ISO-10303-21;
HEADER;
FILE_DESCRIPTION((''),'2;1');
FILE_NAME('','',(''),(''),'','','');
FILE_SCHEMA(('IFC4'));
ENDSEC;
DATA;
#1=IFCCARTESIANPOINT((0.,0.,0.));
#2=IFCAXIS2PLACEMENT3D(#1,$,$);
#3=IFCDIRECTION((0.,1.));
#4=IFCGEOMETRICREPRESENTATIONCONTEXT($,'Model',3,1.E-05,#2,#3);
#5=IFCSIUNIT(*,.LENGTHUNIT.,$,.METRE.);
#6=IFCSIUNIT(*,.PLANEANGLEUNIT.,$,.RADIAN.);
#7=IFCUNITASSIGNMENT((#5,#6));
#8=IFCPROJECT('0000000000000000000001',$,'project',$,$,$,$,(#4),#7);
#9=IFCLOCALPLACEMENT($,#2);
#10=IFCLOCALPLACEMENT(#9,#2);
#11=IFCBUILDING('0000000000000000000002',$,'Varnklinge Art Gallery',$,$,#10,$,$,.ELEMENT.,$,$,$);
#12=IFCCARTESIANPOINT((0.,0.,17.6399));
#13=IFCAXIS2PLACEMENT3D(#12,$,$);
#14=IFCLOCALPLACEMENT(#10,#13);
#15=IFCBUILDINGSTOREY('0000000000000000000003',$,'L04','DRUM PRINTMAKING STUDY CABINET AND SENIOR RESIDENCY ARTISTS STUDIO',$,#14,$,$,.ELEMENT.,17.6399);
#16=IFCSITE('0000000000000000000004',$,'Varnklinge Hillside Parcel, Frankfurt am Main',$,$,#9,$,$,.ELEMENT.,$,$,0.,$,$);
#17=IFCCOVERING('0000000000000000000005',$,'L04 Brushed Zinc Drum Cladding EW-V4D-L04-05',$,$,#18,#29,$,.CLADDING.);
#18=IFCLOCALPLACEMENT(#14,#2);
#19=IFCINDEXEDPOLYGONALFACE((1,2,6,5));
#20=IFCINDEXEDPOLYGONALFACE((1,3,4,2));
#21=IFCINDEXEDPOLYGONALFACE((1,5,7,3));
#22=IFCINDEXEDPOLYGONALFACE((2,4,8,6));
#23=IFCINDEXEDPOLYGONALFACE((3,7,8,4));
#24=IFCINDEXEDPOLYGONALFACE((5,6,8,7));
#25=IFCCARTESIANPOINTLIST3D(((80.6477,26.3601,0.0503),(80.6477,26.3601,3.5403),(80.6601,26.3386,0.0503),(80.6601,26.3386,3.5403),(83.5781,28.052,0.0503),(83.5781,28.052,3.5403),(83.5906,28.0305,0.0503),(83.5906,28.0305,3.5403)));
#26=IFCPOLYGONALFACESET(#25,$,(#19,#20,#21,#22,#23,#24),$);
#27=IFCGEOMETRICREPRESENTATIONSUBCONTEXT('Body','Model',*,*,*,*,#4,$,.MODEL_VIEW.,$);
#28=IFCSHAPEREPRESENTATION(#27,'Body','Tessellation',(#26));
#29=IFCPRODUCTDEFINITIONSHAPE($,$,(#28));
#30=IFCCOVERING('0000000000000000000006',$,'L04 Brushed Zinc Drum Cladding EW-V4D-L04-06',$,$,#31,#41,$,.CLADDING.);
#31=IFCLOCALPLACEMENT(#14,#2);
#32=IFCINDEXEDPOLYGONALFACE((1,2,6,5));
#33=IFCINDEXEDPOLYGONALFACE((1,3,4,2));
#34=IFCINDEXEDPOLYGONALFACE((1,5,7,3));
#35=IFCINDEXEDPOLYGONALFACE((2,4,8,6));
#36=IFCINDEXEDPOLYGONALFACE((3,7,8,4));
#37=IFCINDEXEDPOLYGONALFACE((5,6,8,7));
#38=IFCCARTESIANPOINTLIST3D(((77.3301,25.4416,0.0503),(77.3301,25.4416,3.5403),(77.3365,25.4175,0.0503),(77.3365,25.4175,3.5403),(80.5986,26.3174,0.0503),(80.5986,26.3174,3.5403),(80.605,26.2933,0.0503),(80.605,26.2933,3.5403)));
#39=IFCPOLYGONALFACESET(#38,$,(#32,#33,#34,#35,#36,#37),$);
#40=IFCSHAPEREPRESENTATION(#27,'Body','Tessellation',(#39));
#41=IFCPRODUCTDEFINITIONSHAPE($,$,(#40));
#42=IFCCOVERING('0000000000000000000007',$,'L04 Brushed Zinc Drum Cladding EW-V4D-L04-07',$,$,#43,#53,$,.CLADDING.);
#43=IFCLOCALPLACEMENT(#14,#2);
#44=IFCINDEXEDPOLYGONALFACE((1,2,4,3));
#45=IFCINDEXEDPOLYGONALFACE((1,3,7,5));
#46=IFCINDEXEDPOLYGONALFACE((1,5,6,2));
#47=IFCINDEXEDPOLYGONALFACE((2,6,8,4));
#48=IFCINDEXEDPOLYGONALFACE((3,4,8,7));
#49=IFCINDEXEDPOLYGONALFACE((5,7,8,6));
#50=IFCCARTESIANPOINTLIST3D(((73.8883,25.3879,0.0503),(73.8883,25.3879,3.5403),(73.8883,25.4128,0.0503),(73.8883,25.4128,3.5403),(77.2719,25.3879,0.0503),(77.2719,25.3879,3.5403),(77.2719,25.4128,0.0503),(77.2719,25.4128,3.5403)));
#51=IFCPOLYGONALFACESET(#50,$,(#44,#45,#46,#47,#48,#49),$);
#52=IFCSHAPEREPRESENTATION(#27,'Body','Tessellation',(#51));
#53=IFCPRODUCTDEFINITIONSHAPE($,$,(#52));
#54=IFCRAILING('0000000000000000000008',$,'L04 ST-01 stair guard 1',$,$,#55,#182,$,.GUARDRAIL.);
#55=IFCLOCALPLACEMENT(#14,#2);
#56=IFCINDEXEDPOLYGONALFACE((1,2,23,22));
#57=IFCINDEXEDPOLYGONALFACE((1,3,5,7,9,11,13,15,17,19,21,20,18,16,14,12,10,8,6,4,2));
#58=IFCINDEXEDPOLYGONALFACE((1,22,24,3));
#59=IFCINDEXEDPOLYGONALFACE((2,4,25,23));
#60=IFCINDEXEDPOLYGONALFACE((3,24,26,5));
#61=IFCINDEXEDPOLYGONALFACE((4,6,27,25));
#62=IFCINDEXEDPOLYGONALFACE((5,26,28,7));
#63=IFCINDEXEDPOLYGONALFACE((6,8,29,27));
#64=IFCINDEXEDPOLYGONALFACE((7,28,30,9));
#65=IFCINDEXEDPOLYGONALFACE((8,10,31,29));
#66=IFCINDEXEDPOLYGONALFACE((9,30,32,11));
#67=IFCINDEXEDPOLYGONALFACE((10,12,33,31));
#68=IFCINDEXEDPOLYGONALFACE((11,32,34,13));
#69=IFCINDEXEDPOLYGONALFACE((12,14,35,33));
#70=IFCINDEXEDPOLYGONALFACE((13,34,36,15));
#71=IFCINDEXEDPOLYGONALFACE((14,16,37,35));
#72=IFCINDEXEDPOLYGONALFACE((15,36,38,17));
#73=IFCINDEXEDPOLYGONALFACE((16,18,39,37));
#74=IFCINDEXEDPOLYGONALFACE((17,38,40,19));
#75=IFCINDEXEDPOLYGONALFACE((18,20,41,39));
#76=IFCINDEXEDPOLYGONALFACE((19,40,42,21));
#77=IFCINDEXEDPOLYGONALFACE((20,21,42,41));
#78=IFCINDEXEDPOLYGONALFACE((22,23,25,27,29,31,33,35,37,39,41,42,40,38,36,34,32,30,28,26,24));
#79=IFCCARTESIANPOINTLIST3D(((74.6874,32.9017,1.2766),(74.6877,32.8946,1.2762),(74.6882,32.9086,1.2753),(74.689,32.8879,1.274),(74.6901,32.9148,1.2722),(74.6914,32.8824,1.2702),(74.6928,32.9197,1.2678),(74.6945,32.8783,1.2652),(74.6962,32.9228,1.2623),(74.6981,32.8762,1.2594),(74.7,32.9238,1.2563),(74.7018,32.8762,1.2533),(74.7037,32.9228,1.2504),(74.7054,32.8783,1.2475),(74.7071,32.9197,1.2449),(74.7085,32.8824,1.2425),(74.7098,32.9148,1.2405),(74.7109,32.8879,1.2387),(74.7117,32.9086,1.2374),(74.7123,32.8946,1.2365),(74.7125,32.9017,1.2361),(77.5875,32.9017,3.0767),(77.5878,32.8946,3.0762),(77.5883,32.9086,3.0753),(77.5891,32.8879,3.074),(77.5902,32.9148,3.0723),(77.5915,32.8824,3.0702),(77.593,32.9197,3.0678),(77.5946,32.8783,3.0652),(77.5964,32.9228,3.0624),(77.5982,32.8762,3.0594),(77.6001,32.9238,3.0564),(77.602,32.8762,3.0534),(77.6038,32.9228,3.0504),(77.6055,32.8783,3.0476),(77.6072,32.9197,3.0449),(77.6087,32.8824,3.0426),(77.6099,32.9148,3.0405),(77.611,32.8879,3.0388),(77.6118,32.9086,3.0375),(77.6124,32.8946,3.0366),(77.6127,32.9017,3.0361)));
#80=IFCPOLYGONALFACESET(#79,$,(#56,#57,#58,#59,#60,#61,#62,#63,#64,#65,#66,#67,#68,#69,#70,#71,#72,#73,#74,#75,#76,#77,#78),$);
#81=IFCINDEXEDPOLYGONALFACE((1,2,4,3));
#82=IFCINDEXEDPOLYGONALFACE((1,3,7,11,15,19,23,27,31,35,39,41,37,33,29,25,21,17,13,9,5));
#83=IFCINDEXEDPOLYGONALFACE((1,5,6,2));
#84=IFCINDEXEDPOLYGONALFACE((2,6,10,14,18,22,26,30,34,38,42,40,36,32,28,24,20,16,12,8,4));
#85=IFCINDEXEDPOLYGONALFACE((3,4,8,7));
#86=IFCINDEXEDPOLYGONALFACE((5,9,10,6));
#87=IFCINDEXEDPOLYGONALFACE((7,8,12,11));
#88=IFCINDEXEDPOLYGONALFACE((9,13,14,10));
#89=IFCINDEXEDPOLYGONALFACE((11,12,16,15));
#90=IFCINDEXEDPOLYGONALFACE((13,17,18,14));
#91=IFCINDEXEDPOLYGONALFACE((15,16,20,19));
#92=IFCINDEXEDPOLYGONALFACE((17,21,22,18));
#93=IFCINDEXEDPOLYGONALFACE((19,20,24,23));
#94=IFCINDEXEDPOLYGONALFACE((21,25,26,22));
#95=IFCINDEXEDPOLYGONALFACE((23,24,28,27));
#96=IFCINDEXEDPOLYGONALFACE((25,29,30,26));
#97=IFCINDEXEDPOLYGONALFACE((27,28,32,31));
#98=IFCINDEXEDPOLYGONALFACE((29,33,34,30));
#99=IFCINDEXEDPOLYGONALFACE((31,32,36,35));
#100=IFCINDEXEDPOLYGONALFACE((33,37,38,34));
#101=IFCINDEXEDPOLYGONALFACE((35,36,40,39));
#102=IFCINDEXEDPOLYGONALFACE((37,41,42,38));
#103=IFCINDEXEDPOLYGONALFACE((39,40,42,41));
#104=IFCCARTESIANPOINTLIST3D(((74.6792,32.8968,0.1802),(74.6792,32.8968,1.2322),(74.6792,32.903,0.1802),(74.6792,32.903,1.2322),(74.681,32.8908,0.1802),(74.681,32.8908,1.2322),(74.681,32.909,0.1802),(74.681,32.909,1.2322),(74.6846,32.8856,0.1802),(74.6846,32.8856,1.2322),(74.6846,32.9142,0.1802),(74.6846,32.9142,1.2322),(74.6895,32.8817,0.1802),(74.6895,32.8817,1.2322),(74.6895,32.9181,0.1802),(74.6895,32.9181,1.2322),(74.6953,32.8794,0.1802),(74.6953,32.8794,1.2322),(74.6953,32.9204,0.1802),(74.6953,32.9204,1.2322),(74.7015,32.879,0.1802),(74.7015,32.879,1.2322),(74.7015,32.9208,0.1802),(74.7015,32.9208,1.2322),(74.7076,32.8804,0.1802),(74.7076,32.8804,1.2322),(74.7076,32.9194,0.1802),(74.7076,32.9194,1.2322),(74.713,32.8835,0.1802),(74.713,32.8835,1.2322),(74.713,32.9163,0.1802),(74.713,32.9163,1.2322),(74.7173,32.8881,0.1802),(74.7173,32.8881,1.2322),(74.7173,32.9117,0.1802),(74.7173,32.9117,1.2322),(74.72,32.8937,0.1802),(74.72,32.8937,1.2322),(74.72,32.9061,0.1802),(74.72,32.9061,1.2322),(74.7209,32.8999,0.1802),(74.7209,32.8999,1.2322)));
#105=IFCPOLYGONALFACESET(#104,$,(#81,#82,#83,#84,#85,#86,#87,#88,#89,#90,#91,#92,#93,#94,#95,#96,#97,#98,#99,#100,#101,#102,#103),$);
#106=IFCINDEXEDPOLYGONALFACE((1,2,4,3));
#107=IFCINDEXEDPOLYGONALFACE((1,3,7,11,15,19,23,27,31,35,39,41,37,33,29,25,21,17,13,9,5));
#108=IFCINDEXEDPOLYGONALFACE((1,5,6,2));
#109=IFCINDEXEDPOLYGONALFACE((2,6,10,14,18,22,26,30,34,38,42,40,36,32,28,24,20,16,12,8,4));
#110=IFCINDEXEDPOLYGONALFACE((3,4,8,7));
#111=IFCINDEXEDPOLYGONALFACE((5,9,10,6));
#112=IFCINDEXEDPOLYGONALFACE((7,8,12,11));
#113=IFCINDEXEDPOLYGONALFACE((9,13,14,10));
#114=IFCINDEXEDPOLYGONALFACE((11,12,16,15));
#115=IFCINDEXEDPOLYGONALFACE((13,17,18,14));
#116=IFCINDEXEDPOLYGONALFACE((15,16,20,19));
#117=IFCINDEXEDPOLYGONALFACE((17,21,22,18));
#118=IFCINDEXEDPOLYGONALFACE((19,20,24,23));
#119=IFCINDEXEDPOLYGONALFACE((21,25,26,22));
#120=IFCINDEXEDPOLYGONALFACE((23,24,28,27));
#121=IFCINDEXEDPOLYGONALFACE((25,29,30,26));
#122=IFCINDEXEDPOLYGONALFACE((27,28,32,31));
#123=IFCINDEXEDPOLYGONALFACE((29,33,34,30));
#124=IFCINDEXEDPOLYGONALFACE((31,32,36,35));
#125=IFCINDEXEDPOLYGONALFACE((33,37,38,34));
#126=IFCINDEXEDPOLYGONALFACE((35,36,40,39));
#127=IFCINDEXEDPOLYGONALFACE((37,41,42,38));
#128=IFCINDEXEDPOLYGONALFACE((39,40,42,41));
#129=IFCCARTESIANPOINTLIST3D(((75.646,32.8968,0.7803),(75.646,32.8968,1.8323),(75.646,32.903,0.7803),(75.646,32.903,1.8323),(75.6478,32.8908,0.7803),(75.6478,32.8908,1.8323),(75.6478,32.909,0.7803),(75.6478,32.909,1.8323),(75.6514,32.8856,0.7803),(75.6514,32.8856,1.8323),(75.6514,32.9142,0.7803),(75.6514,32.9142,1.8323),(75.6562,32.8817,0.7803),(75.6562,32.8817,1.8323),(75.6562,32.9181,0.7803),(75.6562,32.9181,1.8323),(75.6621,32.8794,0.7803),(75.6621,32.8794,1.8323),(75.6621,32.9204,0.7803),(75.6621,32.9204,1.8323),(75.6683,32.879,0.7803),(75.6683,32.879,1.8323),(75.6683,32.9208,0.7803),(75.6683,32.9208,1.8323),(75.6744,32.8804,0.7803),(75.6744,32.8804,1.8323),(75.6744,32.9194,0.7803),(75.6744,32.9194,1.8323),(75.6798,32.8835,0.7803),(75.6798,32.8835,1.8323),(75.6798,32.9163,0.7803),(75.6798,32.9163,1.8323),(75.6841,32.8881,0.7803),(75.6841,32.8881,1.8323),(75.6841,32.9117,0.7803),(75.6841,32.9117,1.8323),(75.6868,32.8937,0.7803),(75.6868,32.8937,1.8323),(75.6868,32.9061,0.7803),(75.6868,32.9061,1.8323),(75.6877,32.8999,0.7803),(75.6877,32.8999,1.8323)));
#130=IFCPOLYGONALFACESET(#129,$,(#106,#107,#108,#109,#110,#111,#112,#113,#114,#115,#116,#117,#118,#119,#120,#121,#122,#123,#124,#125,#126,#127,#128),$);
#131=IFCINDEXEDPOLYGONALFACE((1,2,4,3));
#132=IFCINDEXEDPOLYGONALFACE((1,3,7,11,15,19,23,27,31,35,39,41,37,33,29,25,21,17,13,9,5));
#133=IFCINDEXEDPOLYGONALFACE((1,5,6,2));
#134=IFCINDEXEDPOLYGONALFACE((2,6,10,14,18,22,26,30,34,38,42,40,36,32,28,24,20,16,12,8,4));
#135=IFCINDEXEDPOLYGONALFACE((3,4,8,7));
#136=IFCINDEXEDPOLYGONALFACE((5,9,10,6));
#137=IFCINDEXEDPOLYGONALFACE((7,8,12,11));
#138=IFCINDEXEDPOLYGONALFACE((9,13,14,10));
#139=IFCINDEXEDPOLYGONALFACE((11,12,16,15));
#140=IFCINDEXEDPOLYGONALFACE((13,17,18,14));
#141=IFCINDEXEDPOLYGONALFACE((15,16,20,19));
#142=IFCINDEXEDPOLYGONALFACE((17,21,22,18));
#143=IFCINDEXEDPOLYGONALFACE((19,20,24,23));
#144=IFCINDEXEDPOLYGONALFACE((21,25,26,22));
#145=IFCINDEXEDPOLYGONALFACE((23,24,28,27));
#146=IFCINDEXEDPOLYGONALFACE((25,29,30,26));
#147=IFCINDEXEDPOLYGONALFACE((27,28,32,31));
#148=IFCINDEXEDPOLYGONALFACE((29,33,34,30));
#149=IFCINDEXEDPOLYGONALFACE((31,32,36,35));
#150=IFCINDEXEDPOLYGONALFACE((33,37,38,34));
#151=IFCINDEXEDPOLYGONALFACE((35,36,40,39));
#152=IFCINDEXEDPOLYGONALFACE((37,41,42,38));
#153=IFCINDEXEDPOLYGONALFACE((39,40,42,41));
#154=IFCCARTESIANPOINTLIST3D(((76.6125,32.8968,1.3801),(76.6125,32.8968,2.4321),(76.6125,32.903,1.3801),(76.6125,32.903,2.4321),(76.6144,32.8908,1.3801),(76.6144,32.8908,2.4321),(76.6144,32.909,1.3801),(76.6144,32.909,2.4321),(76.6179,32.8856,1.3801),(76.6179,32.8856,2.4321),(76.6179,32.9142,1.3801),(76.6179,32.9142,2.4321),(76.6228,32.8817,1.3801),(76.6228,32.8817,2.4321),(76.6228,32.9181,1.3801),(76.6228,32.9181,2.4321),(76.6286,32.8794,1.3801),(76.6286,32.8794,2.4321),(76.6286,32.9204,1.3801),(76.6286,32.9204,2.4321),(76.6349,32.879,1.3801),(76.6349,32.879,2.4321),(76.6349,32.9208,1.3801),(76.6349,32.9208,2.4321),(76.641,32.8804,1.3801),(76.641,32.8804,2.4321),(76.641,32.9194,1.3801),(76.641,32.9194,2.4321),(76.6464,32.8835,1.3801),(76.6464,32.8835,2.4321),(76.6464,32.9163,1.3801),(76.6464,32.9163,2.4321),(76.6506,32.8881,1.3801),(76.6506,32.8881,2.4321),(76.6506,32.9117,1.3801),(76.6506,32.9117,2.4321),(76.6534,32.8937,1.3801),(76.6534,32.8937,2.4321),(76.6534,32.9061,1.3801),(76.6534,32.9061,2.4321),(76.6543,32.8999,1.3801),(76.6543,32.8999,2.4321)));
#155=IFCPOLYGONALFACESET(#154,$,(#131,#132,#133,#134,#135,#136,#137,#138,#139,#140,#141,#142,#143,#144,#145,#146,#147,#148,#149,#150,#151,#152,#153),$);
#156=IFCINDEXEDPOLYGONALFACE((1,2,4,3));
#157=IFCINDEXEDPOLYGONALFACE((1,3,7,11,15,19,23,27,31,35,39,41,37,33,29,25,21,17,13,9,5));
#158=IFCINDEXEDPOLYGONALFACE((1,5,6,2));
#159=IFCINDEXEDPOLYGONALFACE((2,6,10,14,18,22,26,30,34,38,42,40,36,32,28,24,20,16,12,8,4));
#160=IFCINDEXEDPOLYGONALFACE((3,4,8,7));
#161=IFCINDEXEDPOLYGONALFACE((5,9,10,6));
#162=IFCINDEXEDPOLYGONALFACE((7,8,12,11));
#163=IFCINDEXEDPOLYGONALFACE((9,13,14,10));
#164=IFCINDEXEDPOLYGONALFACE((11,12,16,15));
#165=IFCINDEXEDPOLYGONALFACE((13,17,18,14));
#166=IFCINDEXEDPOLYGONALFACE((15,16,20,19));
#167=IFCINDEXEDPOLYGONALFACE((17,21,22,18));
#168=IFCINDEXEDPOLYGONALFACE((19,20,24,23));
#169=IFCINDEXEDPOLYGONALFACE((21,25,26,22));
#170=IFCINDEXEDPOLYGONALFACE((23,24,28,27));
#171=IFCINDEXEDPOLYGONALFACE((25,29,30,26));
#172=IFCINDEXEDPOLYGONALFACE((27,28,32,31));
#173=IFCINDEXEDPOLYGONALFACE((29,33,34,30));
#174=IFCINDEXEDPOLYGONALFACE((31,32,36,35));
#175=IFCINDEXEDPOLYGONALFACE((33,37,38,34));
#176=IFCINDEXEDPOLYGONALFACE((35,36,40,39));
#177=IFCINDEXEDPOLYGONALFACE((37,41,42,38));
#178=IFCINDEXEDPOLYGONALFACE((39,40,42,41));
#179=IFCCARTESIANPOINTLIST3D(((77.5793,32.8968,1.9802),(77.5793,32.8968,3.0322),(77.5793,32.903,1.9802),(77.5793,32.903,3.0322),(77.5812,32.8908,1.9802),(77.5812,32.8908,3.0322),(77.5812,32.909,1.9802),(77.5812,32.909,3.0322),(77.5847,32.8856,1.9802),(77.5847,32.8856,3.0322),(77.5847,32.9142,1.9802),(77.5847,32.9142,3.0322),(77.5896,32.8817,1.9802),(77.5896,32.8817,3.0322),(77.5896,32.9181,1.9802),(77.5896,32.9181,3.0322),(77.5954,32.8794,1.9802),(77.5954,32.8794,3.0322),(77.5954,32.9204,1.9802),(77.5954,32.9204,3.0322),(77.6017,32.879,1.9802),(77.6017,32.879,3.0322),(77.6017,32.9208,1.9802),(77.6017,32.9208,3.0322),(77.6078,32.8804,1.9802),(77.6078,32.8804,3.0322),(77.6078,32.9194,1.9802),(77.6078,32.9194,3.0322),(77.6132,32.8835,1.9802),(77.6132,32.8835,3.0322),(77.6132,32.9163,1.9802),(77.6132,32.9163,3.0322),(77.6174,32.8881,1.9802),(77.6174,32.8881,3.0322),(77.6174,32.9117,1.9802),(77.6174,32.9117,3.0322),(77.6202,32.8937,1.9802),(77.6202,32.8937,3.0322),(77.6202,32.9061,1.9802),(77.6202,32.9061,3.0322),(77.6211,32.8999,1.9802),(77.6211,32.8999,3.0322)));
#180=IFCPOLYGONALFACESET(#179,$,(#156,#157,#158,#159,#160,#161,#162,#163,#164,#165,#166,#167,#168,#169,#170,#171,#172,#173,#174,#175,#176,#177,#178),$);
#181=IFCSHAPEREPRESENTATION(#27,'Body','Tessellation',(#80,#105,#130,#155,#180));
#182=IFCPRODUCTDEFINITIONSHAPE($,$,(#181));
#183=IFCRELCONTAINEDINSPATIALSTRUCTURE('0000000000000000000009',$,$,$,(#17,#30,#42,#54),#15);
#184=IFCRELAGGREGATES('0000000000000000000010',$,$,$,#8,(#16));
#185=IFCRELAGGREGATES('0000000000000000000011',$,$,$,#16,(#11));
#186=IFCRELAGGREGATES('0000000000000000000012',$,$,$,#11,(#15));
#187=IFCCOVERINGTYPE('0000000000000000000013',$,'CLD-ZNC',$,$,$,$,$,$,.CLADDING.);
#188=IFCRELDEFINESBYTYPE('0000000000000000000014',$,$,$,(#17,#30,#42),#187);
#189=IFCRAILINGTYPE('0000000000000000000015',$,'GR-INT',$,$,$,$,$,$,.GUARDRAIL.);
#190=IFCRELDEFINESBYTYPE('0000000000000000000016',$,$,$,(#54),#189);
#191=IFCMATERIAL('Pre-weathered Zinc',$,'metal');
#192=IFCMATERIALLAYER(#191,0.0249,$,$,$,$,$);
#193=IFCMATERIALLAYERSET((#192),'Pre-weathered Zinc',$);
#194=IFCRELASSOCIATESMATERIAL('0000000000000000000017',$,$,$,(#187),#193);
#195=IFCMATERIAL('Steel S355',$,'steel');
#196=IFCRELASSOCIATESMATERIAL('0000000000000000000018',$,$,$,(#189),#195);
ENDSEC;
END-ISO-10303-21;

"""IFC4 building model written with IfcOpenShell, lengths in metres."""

from ifc_helpers import new_model, si_unit, direction, frame, origin, origin_2d, place, context, subcontext, project, spatial, rectangle, circle, extrude, material, layer, layer_set, type_object, element, save


model = new_model("IFC4")

# Units and contexts
model_context = context("Model", 3, precision=1e-05, world=origin(), true_north=direction((0.0, 1.0)))
body_context = subcontext(model_context, "Body", "Model", "MODEL_VIEW")
ifc_project = project(units=[si_unit("LENGTHUNIT", "METRE"), si_unit("PLANEANGLEUNIT", "RADIAN")], contexts=[model_context])

# Site, building, storey
site_placement = place(None, origin())
site = spatial("IfcSite", under=ifc_project, at=site_placement, Name="Varnklinge Hillside Parcel, Frankfurt am Main", CompositionType="ELEMENT", RefElevation=0.0)
building_placement = place(site_placement, origin())
building = spatial("IfcBuilding", under=site, at=building_placement, Name="Varnklinge Art Gallery", CompositionType="ELEMENT")
storey_placement = place(building_placement, frame((0.0, 0.0, 17.6399)))
storey = spatial("IfcBuildingStorey", under=building, at=storey_placement, Name="L04", Description="DRUM PRINTMAKING STUDY CABINET AND SENIOR RESIDENCY ARTISTS STUDIO", CompositionType="ELEMENT", Elevation=17.6399)

# Coverings
ifc_material_1 = material(Name="Pre-weathered Zinc", Category="metal")
ifc_layer_1 = layer(ifc_material_1, 0.0249)
ifc_layer_set_1 = layer_set([ifc_layer_1], Name="Pre-weathered Zinc")
covering_type = type_object("IfcCoveringType", Name="CLD-ZNC", PredefinedType="CLADDING", material=ifc_layer_set_1)
for number, where, z_axis, x_axis, name in (
    (1, (82.1191, 27.1953, 0.0503), (0.0, 0.0, 1.0), (-0.866025, -0.5, 0.0), "L04 Brushed Zinc Drum Cladding EW-V4D-L04-05"),
    (2, (78.9675, 25.8674, 0.0503), (0.0, 0.0, 1.0), (-0.965926, -0.258819, 0.0), "L04 Brushed Zinc Drum Cladding EW-V4D-L04-06"),
):
    element("IfcCovering", number, at=place(storey_placement, frame(where, z_axis=z_axis, x_axis=x_axis)), inside=storey, type_object=covering_type, Name=name, PredefinedType="CLADDING", context=body_context, shape_type="SweptSolid", body=[
        extrude(rectangle(XDim=3.3838, YDim=0.0249, at=origin_2d()), origin(), (0.0, 0.0, 1.0), 3.49),
    ])
covering_placement = place(storey_placement, frame((75.5801, 25.4004, 0.0503), z_axis=(0.0, 0.0, 1.0), x_axis=(-1.0, 0.0, 0.0)))
element("IfcCovering", 3, at=covering_placement, inside=storey, type_object=covering_type, Name="L04 Brushed Zinc Drum Cladding EW-V4D-L04-07", PredefinedType="CLADDING", context=body_context, shape_type="SweptSolid", body=[
    extrude(rectangle(XDim=3.3835, YDim=0.0249, at=origin_2d()), origin(), (0.0, 0.0, 1.0), 3.49),
])

# Railing
ifc_material_2 = material(Name="Steel S355", Category="steel")
railing_type_1 = type_object("IfcRailingType", Name="GR-INT", PredefinedType="GUARDRAIL", material=ifc_material_2)
railing_1_placement = place(storey_placement, frame((74.7, 32.8999, 0.1802)))
element("IfcRailing", 4, at=railing_1_placement, inside=storey, type_object=railing_type_1, Name="L04 ST-01 stair guard 1", PredefinedType="GUARDRAIL", context=body_context, shape_type="SweptSolid", body=[
    extrude(circle(Radius=0.0239, at=origin_2d()), frame((0.0, 0.0, 1.0762), z_axis=(0.849646, 0.0, 0.527354), x_axis=(0.0, 1.0, 0.0)), (0.0, 0.0, 1.0), 3.4133),
    extrude(circle(Radius=0.021, at=origin_2d()), origin(), (0.0, 0.0, 1.0), 1.052),
    extrude(circle(Radius=0.021, at=origin_2d()), frame((0.9668, 0.0, 0.6001)), (0.0, 0.0, 1.0), 1.052),
    extrude(circle(Radius=0.021, at=origin_2d()), frame((1.9333, 0.0, 1.2)), (0.0, 0.0, 1.0), 1.052),
    extrude(circle(Radius=0.021, at=origin_2d()), frame((2.9001, 0.0, 1.8)), (0.0, 0.0, 1.0), 1.052),
])

save(model, "model.ifc")
